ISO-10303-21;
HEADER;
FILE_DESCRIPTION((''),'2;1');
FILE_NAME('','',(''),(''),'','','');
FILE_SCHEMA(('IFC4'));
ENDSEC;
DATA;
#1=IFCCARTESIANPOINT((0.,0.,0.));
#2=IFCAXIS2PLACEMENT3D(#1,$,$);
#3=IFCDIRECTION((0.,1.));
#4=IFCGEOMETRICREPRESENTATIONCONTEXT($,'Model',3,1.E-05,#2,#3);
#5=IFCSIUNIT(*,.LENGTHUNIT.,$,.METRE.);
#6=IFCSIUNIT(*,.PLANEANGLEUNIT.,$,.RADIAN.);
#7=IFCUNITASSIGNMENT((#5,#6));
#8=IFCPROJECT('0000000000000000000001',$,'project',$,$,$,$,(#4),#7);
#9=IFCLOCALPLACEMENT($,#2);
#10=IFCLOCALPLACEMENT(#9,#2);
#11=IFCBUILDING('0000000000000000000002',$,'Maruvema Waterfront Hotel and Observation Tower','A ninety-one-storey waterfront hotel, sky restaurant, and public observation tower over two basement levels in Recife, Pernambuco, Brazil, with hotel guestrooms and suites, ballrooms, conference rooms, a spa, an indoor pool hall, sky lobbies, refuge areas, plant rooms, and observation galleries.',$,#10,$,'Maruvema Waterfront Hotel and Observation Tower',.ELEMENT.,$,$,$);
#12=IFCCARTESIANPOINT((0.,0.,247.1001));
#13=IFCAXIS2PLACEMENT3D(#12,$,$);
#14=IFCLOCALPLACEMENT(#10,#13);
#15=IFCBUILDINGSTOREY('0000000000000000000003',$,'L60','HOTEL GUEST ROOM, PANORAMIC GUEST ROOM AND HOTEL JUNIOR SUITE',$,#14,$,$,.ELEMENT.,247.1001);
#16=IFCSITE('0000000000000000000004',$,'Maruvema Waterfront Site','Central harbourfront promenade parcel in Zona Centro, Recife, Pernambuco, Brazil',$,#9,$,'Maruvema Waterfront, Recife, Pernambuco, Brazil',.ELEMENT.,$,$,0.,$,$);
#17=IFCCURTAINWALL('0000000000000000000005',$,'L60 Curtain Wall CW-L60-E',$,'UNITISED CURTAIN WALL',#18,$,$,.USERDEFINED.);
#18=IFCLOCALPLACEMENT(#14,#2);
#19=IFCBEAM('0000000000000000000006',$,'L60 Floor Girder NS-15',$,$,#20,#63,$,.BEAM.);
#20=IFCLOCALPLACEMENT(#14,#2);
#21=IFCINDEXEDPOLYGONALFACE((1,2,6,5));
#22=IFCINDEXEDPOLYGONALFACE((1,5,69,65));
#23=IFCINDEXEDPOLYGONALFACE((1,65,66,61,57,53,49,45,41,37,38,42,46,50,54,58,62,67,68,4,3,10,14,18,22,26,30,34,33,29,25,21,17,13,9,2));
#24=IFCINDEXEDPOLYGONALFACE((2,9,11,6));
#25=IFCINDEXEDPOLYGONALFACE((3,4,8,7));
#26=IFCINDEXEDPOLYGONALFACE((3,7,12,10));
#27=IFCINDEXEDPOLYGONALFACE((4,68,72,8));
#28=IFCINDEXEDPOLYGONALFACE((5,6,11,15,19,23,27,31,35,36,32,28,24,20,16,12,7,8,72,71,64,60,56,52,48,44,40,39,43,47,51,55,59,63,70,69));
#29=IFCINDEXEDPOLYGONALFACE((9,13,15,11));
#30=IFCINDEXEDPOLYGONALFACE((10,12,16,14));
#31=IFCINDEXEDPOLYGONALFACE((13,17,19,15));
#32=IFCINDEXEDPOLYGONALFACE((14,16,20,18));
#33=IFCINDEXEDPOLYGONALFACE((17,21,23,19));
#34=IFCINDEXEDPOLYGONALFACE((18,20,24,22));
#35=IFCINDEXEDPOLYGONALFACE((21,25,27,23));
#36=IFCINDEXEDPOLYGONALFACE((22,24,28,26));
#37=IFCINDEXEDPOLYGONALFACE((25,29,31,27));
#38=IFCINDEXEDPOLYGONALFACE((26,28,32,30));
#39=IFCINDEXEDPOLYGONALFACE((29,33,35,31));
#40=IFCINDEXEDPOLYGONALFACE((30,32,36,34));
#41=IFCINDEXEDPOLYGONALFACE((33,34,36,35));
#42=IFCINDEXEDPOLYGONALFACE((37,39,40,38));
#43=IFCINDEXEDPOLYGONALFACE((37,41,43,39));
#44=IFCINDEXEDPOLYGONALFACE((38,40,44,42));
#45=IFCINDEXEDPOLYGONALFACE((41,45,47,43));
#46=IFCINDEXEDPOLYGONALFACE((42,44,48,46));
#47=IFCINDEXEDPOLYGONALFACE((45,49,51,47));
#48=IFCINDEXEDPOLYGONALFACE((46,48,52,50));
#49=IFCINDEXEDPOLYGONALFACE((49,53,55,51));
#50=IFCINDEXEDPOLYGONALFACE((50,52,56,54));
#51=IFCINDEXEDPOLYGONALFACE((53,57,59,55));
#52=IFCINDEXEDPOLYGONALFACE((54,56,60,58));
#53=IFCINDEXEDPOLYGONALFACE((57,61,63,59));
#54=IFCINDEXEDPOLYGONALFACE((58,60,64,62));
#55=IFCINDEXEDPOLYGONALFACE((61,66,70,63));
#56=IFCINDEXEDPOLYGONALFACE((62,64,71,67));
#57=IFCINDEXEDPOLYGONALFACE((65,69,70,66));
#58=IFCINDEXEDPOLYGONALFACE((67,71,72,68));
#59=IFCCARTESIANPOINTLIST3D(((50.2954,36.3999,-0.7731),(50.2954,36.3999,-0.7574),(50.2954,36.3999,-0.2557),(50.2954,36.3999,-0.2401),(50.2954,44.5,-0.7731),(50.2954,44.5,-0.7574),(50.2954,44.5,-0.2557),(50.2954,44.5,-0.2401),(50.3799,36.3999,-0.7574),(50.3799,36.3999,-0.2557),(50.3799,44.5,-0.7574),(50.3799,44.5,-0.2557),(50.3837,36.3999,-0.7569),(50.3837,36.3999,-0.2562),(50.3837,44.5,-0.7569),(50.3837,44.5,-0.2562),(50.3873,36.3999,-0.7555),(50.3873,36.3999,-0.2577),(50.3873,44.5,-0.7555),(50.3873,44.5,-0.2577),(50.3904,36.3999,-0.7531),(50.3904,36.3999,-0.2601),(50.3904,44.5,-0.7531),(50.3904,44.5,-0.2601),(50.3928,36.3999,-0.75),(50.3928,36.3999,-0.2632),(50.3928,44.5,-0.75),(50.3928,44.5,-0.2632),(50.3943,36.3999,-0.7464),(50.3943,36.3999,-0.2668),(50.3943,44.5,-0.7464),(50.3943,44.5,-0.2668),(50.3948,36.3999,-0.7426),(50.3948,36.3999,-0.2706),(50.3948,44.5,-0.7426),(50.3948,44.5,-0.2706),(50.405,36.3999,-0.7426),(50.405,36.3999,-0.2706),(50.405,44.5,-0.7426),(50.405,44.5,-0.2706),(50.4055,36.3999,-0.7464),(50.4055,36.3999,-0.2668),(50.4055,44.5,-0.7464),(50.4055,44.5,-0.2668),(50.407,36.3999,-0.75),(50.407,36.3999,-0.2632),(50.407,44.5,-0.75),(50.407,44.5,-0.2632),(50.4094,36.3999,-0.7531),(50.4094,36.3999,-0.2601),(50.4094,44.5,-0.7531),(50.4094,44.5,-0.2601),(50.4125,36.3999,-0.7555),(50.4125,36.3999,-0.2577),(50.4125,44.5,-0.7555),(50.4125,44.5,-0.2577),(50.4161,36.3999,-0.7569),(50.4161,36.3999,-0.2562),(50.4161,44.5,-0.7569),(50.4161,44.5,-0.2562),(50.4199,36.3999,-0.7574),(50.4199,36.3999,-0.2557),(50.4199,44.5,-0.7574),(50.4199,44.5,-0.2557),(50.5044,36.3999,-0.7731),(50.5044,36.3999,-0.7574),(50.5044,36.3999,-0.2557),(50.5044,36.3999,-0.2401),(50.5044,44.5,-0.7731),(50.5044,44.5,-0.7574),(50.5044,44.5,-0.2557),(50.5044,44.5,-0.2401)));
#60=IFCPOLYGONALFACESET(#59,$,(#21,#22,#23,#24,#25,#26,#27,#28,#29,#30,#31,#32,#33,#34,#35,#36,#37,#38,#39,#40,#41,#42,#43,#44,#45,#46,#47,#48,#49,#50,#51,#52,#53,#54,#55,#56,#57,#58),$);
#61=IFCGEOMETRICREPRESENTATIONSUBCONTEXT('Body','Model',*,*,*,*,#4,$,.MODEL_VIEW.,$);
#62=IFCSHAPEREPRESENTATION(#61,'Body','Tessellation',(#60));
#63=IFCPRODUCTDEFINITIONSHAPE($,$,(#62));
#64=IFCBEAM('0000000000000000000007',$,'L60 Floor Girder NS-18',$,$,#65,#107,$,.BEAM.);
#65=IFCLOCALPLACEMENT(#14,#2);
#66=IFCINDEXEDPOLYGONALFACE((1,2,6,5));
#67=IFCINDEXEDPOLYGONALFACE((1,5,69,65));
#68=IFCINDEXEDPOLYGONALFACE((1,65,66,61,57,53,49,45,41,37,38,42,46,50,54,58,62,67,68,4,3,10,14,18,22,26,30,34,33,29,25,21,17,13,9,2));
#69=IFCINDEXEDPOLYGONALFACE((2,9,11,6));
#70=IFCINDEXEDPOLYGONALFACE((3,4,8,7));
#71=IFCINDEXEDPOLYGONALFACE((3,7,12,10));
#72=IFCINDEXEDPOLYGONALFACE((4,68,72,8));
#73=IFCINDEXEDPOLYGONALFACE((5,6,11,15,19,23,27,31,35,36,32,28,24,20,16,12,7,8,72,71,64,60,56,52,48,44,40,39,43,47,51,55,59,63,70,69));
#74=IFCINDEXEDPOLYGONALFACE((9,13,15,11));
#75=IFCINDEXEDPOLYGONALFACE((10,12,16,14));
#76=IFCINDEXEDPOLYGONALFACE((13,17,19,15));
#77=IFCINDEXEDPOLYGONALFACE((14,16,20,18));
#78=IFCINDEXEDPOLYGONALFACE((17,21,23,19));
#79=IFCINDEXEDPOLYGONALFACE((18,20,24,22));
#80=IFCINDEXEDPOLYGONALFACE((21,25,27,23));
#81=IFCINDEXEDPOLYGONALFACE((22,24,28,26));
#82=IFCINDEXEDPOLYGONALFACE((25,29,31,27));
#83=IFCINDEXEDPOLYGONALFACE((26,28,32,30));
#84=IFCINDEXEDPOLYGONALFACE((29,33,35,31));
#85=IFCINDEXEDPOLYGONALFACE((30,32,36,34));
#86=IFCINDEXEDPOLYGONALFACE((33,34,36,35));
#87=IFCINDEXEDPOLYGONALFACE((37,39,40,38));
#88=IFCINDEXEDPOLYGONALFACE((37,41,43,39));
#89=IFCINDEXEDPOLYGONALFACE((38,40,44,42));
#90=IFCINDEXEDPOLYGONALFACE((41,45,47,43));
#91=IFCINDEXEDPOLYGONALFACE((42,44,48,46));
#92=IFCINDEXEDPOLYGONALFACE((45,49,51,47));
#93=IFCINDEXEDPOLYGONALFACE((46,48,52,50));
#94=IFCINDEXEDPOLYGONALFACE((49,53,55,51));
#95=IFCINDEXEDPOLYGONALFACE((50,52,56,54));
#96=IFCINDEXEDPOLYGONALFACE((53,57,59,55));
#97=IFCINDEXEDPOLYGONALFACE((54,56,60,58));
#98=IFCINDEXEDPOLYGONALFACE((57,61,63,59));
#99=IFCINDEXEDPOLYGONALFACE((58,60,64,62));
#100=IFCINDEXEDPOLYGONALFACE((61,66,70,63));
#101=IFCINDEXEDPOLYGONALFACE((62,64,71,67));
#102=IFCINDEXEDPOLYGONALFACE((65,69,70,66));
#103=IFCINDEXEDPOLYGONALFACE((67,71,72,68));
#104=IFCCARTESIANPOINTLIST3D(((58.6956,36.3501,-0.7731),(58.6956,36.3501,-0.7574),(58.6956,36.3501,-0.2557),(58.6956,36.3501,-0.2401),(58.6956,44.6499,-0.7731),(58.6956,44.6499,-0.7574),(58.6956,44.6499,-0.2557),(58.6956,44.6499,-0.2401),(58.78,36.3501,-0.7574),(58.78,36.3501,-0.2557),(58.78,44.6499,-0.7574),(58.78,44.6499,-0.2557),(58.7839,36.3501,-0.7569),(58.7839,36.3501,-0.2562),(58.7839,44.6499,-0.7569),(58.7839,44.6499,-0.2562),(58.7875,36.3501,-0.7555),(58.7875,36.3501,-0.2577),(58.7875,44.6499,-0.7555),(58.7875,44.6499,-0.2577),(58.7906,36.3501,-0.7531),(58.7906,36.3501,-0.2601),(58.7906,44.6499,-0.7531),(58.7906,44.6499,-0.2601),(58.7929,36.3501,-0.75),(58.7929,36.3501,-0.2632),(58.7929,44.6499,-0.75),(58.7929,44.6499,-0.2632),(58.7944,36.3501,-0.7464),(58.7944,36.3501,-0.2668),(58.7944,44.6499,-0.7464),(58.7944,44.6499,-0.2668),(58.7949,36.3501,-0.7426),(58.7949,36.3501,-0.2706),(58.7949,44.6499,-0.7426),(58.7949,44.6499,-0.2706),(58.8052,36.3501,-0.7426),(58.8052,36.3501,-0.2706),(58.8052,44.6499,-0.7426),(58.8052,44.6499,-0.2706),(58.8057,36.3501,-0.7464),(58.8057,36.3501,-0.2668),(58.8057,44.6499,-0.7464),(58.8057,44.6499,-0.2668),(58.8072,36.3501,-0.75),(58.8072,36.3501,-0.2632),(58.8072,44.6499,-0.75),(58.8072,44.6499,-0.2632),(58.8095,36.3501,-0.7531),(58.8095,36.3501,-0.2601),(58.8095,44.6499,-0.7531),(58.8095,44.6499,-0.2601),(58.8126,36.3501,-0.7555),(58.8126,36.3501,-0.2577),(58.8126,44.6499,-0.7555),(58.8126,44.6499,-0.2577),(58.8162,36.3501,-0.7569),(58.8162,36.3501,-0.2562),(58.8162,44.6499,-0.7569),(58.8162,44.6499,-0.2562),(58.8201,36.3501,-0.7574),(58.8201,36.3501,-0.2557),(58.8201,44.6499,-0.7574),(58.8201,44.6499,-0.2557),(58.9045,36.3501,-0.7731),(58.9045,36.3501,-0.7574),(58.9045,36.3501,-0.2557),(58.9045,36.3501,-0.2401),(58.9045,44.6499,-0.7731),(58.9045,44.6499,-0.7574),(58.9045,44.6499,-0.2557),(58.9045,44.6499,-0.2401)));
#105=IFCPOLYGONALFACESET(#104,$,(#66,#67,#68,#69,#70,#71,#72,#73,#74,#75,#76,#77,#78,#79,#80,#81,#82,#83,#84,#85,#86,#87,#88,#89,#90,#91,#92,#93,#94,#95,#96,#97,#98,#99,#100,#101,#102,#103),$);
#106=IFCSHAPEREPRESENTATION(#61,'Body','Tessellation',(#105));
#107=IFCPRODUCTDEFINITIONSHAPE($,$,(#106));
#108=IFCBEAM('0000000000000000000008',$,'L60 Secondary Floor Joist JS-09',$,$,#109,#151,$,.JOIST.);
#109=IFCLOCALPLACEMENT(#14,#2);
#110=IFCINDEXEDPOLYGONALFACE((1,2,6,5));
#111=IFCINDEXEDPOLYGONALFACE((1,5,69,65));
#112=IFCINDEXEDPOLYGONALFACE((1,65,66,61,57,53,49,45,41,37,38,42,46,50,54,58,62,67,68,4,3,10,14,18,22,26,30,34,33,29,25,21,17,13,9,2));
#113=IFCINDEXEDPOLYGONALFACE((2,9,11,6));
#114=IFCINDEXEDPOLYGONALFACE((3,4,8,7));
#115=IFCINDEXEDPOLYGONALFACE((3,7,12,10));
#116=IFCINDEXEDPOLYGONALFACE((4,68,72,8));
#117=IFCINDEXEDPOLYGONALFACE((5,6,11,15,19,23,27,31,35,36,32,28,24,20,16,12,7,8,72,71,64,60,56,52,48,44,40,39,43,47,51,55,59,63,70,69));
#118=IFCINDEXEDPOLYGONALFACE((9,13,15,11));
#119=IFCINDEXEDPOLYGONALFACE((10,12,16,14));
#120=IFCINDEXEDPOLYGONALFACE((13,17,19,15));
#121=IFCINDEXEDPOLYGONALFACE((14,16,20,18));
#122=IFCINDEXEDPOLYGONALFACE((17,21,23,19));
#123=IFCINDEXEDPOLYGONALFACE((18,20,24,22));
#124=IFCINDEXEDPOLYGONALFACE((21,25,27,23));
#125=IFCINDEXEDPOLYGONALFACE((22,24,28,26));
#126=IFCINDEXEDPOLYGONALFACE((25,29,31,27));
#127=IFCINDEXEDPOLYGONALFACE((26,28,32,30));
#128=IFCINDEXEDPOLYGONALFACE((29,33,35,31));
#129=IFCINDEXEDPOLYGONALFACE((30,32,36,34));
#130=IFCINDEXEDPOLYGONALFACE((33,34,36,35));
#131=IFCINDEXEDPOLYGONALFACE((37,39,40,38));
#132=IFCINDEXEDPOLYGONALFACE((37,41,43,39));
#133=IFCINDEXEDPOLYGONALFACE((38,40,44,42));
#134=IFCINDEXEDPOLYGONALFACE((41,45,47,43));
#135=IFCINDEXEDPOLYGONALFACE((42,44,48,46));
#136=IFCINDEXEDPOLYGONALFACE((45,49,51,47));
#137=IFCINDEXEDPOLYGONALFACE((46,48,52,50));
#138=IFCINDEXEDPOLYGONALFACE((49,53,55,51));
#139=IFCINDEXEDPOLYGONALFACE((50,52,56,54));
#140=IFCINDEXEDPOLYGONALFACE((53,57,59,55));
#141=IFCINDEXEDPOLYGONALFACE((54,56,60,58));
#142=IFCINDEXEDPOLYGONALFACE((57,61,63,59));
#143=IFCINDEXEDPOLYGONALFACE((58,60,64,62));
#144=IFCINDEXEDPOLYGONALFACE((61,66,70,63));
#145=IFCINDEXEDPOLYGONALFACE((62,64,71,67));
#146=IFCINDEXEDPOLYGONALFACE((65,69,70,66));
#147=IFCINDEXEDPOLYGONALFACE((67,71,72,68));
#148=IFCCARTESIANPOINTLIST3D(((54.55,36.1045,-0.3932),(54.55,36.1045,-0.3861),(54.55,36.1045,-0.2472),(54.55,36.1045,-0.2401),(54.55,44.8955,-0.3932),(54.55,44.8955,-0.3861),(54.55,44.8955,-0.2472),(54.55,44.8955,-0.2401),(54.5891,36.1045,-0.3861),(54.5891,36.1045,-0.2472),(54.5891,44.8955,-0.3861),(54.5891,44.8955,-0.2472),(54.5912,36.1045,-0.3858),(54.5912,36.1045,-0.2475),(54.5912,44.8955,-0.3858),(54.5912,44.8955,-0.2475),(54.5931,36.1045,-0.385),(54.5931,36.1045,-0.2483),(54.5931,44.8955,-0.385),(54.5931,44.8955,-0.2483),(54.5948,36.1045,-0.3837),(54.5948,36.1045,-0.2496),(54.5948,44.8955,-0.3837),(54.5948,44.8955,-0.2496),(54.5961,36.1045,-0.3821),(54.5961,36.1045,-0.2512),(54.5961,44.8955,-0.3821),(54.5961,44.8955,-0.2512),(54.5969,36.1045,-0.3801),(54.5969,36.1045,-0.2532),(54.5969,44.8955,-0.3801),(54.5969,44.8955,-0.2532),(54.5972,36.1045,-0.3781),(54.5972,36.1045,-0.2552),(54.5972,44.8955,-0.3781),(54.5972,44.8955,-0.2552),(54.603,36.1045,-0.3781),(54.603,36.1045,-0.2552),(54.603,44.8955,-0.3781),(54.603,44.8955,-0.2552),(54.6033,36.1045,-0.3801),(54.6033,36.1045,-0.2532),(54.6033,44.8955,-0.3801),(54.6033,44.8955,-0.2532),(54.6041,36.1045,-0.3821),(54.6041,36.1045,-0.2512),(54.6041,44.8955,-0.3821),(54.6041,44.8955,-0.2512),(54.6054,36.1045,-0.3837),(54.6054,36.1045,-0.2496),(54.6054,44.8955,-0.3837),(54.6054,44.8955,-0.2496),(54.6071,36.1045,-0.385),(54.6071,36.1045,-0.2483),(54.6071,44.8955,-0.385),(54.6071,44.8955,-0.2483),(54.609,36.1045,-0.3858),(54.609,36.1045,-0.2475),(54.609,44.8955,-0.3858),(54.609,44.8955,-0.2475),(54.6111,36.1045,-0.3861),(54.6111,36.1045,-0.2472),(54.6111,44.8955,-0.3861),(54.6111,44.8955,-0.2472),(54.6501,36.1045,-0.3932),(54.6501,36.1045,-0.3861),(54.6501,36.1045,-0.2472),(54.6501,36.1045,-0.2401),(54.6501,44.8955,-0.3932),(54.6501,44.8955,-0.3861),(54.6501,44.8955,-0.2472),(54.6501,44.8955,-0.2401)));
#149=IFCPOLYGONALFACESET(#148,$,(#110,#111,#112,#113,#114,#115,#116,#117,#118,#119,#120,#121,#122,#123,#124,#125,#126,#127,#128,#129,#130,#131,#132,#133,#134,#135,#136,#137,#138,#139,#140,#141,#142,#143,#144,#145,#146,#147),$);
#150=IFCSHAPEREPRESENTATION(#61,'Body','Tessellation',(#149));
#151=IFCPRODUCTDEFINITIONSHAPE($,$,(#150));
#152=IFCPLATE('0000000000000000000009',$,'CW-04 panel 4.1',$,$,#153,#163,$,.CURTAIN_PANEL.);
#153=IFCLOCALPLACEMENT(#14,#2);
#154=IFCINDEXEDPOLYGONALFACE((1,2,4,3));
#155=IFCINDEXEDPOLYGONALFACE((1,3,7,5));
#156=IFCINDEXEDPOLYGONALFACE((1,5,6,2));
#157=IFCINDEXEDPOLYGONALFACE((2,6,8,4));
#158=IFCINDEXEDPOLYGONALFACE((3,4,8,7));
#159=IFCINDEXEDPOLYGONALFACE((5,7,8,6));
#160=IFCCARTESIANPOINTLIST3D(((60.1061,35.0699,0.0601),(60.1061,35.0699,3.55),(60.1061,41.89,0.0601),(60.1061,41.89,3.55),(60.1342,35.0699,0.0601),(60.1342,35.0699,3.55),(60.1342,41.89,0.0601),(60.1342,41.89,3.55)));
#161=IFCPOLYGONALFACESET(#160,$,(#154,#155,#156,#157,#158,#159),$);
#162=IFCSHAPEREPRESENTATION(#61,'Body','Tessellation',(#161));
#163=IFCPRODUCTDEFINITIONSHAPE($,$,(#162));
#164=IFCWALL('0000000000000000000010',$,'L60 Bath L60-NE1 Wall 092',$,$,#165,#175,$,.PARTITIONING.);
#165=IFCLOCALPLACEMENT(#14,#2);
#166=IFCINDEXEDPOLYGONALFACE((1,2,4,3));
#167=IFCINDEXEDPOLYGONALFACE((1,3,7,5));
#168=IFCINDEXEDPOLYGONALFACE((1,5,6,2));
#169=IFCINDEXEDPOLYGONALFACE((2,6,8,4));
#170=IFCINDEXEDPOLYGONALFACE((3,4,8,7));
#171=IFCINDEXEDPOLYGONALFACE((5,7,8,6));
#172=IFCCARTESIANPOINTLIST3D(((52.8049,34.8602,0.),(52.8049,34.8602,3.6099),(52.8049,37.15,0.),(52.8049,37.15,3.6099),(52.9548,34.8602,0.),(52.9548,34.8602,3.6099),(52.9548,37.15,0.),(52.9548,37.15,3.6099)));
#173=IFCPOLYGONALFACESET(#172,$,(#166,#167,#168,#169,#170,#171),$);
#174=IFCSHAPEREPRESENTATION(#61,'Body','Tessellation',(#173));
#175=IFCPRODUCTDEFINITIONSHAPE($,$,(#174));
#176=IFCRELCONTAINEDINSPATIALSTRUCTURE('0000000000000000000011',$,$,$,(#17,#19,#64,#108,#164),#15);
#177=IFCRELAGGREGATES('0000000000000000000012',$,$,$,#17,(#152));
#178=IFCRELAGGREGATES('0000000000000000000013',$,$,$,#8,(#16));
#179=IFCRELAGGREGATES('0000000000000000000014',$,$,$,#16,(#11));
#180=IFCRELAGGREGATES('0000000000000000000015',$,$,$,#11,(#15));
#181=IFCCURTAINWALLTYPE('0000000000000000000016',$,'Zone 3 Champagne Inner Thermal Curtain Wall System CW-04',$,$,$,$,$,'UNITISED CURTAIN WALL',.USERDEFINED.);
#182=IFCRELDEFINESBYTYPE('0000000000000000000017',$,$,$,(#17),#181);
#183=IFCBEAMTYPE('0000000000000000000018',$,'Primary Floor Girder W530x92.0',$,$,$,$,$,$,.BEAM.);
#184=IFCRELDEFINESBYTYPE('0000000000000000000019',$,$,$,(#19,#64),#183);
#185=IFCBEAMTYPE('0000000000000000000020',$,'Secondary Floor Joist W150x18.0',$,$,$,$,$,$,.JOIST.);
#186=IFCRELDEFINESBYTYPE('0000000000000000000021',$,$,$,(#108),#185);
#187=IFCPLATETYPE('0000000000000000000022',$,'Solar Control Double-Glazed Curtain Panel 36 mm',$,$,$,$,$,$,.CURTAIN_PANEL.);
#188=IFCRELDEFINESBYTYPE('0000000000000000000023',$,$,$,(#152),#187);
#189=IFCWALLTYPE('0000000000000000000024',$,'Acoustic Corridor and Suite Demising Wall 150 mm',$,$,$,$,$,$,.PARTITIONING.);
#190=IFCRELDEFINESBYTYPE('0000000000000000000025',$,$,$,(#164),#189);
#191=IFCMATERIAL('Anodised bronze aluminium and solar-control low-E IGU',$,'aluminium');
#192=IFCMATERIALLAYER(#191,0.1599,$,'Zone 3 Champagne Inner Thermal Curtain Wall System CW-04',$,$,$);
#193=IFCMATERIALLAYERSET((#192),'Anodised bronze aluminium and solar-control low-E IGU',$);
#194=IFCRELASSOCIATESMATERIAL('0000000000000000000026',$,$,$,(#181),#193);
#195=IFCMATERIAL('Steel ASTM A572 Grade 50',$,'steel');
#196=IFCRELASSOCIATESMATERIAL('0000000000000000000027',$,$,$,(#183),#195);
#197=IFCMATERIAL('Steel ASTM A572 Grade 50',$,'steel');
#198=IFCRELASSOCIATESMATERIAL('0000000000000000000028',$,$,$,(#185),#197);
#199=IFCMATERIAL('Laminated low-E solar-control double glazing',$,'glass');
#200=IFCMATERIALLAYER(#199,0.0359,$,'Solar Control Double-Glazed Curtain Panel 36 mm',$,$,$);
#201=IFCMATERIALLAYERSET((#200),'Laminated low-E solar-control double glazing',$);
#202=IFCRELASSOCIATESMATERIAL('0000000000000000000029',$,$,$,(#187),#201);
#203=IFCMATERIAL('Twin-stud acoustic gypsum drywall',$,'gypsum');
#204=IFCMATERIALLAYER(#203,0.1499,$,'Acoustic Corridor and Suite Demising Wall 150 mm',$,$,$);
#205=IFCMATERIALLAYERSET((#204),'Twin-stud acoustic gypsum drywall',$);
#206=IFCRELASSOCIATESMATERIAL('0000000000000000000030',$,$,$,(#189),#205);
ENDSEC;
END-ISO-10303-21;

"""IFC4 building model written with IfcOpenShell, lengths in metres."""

from ifc_helpers import new_model, si_unit, direction, frame, frame_2d, origin, origin_2d, place, context, subcontext, project, spatial, rectangle, i_section, extrude, material, layer, layer_set, material_profile, profile_set, type_object, element, aggregate, save


model = new_model("IFC4")

# Units and contexts
model_context = context("Model", 3, precision=1e-05, world=origin(), true_north=direction((0.0, 1.0)))
body_context = subcontext(model_context, "Body", "Model", "MODEL_VIEW")
ifc_project = project(units=[si_unit("LENGTHUNIT", "METRE"), si_unit("PLANEANGLEUNIT", "RADIAN")], contexts=[model_context])

# Site, building, storey
site_placement = place(None, origin())
site = spatial("IfcSite", under=ifc_project, at=site_placement, Name="Maruvema Waterfront Site", Description="Central harbourfront promenade parcel in Zona Centro, Recife, Pernambuco, Brazil", LongName="Maruvema Waterfront, Recife, Pernambuco, Brazil", CompositionType="ELEMENT", RefElevation=0.0)
building_placement = place(site_placement, origin())
building = spatial("IfcBuilding", under=site, at=building_placement, Name="Maruvema Waterfront Hotel and Observation Tower", Description="A ninety-one-storey waterfront hotel, sky restaurant, and public observation tower over two basement levels in Recife, Pernambuco, Brazil, with hotel guestrooms and suites, ballrooms, conference rooms, a spa, an indoor pool hall, sky lobbies, refuge areas, plant rooms, and observation galleries.", LongName="Maruvema Waterfront Hotel and Observation Tower", CompositionType="ELEMENT")
storey_placement = place(building_placement, frame((0.0, 0.0, 247.1001)))
storey = spatial("IfcBuildingStorey", under=building, at=storey_placement, Name="L60", Description="HOTEL GUEST ROOM, PANORAMIC GUEST ROOM AND HOTEL JUNIOR SUITE", CompositionType="ELEMENT", Elevation=247.1001)

# Curtain wall
ifc_material_1 = material(Name="Anodised bronze aluminium and solar-control low-E IGU", Category="aluminium")
ifc_layer_1 = layer(ifc_material_1, 0.1599, Name="Zone 3 Champagne Inner Thermal Curtain Wall System CW-04")
ifc_layer_set_1 = layer_set([ifc_layer_1], Name="Anodised bronze aluminium and solar-control low-E IGU")
curtain_wall_type = type_object("IfcCurtainWallType", Name="Zone 3 Champagne Inner Thermal Curtain Wall System CW-04", ElementType="UNITISED CURTAIN WALL", PredefinedType="USERDEFINED", material=ifc_layer_set_1)
curtain_wall_placement = place(storey_placement, origin())
curtain_wall = element("IfcCurtainWall", 1, at=curtain_wall_placement, inside=storey, type_object=curtain_wall_type, Name="L60 Curtain Wall CW-L60-E", ObjectType="UNITISED CURTAIN WALL", PredefinedType="USERDEFINED")

# Beams
ifc_material_2 = material(Name="Steel ASTM A572 Grade 50", Category="steel")
ifc_material_profile_1 = material_profile(ifc_material_2, i_section(OverallWidth=0.209, OverallDepth=0.533, WebThickness=0.0103, FlangeThickness=0.0156, FilletRadius=0.0149, at=origin_2d()), Name="W530x92.0")
ifc_profile_set_1 = profile_set([ifc_material_profile_1], Name="Steel ASTM A572 Grade 50")
beam_type_1 = type_object("IfcBeamType", Name="Primary Floor Girder W530x92.0", PredefinedType="BEAM", material=ifc_profile_set_1)
beam_1_placement = place(storey_placement, frame((50.3999, 36.3999, -0.5066), z_axis=(0.0, 1.0, 0.0), x_axis=(-1.0, 0.0, 0.0)))
element("IfcBeam", 2, at=beam_1_placement, inside=storey, type_object=beam_type_1, Name="L60 Floor Girder NS-15", PredefinedType="BEAM", context=body_context, shape_type="SweptSolid", body=[
    extrude(i_section(OverallWidth=0.209, OverallDepth=0.533, WebThickness=0.0103, FlangeThickness=0.0156, FilletRadius=0.0149, at=origin_2d()), origin(), (0.0, 0.0, 1.0), 8.1001),
])
beam_2_placement = place(storey_placement, frame((58.8, 36.3501, -0.5066), z_axis=(0.0, 1.0, 0.0), x_axis=(-1.0, 0.0, 0.0)))
element("IfcBeam", 3, at=beam_2_placement, inside=storey, type_object=beam_type_1, Name="L60 Floor Girder NS-18", PredefinedType="BEAM", context=body_context, shape_type="SweptSolid", body=[
    extrude(i_section(OverallWidth=0.209, OverallDepth=0.533, WebThickness=0.0103, FlangeThickness=0.0156, FilletRadius=0.0149, at=origin_2d()), origin(), (0.0, 0.0, 1.0), 8.2998),
])
ifc_material_3 = material(Name="Steel ASTM A572 Grade 50", Category="steel")
ifc_material_profile_2 = material_profile(ifc_material_3, i_section(OverallWidth=0.1001, OverallDepth=0.1531, WebThickness=0.0059, FlangeThickness=0.0071, FilletRadius=0.0081, at=origin_2d()), Name="W150x18.0")
ifc_profile_set_2 = profile_set([ifc_material_profile_2], Name="Steel ASTM A572 Grade 50")
beam_type_2 = type_object("IfcBeamType", Name="Secondary Floor Joist W150x18.0", PredefinedType="JOIST", material=ifc_profile_set_2)
beam_3_placement = place(storey_placement, frame((54.6001, 36.1045, -0.3167), z_axis=(0.0, 1.0, 0.0), x_axis=(-1.0, 0.0, 0.0)))
element("IfcBeam", 4, at=beam_3_placement, inside=storey, type_object=beam_type_2, Name="L60 Secondary Floor Joist JS-09", PredefinedType="JOIST", context=body_context, shape_type="SweptSolid", body=[
    extrude(i_section(OverallWidth=0.1001, OverallDepth=0.1531, WebThickness=0.0059, FlangeThickness=0.0071, FilletRadius=0.0081, at=origin_2d()), origin(), (0.0, 0.0, 1.0), 8.791),
])

# Plate
ifc_material_4 = material(Name="Laminated low-E solar-control double glazing", Category="glass")
ifc_layer_2 = layer(ifc_material_4, 0.0359, Name="Solar Control Double-Glazed Curtain Panel 36 mm")
ifc_layer_set_2 = layer_set([ifc_layer_2], Name="Laminated low-E solar-control double glazing")
plate_type = type_object("IfcPlateType", Name="Solar Control Double-Glazed Curtain Panel 36 mm", PredefinedType="CURTAIN_PANEL", material=ifc_layer_set_2)
plate_placement = place(storey_placement, frame((60.1201, 38.48, 0.0601), z_axis=(0.0, 0.0, 1.0), x_axis=(0.0, 1.0, 0.0)))
plate = element("IfcPlate", 5, at=plate_placement, type_object=plate_type, Name="CW-04 panel 4.1", PredefinedType="CURTAIN_PANEL", context=body_context, shape_type="SweptSolid", body=[
    extrude(rectangle(XDim=6.8201, YDim=0.0281, at=origin_2d()), origin(), (0.0, 0.0, 1.0), 3.49),
])
aggregate(curtain_wall, [plate])

# Wall
ifc_material_5 = material(Name="Twin-stud acoustic gypsum drywall", Category="gypsum")
ifc_layer_3 = layer(ifc_material_5, 0.1499, Name="Acoustic Corridor and Suite Demising Wall 150 mm")
ifc_layer_set_3 = layer_set([ifc_layer_3], Name="Twin-stud acoustic gypsum drywall")
wall_type_1 = type_object("IfcWallType", Name="Acoustic Corridor and Suite Demising Wall 150 mm", PredefinedType="PARTITIONING", material=ifc_layer_set_3)
wall_1_placement = place(storey_placement, frame((52.8799, 34.8601, 0.0), z_axis=(0.0, 0.0, 1.0), x_axis=(0.0, 1.0, 0.0)))
element("IfcWall", 6, at=wall_1_placement, inside=storey, type_object=wall_type_1, Name="L60 Bath L60-NE1 Wall 092", PredefinedType="PARTITIONING", context=body_context, shape_type="SweptSolid", body=[
    extrude(rectangle(XDim=2.2898, YDim=0.1499, at=frame_2d((1.145, 0.0))), origin(), (0.0, 0.0, 1.0), 3.6099),
])

save(model, "model.ifc")
